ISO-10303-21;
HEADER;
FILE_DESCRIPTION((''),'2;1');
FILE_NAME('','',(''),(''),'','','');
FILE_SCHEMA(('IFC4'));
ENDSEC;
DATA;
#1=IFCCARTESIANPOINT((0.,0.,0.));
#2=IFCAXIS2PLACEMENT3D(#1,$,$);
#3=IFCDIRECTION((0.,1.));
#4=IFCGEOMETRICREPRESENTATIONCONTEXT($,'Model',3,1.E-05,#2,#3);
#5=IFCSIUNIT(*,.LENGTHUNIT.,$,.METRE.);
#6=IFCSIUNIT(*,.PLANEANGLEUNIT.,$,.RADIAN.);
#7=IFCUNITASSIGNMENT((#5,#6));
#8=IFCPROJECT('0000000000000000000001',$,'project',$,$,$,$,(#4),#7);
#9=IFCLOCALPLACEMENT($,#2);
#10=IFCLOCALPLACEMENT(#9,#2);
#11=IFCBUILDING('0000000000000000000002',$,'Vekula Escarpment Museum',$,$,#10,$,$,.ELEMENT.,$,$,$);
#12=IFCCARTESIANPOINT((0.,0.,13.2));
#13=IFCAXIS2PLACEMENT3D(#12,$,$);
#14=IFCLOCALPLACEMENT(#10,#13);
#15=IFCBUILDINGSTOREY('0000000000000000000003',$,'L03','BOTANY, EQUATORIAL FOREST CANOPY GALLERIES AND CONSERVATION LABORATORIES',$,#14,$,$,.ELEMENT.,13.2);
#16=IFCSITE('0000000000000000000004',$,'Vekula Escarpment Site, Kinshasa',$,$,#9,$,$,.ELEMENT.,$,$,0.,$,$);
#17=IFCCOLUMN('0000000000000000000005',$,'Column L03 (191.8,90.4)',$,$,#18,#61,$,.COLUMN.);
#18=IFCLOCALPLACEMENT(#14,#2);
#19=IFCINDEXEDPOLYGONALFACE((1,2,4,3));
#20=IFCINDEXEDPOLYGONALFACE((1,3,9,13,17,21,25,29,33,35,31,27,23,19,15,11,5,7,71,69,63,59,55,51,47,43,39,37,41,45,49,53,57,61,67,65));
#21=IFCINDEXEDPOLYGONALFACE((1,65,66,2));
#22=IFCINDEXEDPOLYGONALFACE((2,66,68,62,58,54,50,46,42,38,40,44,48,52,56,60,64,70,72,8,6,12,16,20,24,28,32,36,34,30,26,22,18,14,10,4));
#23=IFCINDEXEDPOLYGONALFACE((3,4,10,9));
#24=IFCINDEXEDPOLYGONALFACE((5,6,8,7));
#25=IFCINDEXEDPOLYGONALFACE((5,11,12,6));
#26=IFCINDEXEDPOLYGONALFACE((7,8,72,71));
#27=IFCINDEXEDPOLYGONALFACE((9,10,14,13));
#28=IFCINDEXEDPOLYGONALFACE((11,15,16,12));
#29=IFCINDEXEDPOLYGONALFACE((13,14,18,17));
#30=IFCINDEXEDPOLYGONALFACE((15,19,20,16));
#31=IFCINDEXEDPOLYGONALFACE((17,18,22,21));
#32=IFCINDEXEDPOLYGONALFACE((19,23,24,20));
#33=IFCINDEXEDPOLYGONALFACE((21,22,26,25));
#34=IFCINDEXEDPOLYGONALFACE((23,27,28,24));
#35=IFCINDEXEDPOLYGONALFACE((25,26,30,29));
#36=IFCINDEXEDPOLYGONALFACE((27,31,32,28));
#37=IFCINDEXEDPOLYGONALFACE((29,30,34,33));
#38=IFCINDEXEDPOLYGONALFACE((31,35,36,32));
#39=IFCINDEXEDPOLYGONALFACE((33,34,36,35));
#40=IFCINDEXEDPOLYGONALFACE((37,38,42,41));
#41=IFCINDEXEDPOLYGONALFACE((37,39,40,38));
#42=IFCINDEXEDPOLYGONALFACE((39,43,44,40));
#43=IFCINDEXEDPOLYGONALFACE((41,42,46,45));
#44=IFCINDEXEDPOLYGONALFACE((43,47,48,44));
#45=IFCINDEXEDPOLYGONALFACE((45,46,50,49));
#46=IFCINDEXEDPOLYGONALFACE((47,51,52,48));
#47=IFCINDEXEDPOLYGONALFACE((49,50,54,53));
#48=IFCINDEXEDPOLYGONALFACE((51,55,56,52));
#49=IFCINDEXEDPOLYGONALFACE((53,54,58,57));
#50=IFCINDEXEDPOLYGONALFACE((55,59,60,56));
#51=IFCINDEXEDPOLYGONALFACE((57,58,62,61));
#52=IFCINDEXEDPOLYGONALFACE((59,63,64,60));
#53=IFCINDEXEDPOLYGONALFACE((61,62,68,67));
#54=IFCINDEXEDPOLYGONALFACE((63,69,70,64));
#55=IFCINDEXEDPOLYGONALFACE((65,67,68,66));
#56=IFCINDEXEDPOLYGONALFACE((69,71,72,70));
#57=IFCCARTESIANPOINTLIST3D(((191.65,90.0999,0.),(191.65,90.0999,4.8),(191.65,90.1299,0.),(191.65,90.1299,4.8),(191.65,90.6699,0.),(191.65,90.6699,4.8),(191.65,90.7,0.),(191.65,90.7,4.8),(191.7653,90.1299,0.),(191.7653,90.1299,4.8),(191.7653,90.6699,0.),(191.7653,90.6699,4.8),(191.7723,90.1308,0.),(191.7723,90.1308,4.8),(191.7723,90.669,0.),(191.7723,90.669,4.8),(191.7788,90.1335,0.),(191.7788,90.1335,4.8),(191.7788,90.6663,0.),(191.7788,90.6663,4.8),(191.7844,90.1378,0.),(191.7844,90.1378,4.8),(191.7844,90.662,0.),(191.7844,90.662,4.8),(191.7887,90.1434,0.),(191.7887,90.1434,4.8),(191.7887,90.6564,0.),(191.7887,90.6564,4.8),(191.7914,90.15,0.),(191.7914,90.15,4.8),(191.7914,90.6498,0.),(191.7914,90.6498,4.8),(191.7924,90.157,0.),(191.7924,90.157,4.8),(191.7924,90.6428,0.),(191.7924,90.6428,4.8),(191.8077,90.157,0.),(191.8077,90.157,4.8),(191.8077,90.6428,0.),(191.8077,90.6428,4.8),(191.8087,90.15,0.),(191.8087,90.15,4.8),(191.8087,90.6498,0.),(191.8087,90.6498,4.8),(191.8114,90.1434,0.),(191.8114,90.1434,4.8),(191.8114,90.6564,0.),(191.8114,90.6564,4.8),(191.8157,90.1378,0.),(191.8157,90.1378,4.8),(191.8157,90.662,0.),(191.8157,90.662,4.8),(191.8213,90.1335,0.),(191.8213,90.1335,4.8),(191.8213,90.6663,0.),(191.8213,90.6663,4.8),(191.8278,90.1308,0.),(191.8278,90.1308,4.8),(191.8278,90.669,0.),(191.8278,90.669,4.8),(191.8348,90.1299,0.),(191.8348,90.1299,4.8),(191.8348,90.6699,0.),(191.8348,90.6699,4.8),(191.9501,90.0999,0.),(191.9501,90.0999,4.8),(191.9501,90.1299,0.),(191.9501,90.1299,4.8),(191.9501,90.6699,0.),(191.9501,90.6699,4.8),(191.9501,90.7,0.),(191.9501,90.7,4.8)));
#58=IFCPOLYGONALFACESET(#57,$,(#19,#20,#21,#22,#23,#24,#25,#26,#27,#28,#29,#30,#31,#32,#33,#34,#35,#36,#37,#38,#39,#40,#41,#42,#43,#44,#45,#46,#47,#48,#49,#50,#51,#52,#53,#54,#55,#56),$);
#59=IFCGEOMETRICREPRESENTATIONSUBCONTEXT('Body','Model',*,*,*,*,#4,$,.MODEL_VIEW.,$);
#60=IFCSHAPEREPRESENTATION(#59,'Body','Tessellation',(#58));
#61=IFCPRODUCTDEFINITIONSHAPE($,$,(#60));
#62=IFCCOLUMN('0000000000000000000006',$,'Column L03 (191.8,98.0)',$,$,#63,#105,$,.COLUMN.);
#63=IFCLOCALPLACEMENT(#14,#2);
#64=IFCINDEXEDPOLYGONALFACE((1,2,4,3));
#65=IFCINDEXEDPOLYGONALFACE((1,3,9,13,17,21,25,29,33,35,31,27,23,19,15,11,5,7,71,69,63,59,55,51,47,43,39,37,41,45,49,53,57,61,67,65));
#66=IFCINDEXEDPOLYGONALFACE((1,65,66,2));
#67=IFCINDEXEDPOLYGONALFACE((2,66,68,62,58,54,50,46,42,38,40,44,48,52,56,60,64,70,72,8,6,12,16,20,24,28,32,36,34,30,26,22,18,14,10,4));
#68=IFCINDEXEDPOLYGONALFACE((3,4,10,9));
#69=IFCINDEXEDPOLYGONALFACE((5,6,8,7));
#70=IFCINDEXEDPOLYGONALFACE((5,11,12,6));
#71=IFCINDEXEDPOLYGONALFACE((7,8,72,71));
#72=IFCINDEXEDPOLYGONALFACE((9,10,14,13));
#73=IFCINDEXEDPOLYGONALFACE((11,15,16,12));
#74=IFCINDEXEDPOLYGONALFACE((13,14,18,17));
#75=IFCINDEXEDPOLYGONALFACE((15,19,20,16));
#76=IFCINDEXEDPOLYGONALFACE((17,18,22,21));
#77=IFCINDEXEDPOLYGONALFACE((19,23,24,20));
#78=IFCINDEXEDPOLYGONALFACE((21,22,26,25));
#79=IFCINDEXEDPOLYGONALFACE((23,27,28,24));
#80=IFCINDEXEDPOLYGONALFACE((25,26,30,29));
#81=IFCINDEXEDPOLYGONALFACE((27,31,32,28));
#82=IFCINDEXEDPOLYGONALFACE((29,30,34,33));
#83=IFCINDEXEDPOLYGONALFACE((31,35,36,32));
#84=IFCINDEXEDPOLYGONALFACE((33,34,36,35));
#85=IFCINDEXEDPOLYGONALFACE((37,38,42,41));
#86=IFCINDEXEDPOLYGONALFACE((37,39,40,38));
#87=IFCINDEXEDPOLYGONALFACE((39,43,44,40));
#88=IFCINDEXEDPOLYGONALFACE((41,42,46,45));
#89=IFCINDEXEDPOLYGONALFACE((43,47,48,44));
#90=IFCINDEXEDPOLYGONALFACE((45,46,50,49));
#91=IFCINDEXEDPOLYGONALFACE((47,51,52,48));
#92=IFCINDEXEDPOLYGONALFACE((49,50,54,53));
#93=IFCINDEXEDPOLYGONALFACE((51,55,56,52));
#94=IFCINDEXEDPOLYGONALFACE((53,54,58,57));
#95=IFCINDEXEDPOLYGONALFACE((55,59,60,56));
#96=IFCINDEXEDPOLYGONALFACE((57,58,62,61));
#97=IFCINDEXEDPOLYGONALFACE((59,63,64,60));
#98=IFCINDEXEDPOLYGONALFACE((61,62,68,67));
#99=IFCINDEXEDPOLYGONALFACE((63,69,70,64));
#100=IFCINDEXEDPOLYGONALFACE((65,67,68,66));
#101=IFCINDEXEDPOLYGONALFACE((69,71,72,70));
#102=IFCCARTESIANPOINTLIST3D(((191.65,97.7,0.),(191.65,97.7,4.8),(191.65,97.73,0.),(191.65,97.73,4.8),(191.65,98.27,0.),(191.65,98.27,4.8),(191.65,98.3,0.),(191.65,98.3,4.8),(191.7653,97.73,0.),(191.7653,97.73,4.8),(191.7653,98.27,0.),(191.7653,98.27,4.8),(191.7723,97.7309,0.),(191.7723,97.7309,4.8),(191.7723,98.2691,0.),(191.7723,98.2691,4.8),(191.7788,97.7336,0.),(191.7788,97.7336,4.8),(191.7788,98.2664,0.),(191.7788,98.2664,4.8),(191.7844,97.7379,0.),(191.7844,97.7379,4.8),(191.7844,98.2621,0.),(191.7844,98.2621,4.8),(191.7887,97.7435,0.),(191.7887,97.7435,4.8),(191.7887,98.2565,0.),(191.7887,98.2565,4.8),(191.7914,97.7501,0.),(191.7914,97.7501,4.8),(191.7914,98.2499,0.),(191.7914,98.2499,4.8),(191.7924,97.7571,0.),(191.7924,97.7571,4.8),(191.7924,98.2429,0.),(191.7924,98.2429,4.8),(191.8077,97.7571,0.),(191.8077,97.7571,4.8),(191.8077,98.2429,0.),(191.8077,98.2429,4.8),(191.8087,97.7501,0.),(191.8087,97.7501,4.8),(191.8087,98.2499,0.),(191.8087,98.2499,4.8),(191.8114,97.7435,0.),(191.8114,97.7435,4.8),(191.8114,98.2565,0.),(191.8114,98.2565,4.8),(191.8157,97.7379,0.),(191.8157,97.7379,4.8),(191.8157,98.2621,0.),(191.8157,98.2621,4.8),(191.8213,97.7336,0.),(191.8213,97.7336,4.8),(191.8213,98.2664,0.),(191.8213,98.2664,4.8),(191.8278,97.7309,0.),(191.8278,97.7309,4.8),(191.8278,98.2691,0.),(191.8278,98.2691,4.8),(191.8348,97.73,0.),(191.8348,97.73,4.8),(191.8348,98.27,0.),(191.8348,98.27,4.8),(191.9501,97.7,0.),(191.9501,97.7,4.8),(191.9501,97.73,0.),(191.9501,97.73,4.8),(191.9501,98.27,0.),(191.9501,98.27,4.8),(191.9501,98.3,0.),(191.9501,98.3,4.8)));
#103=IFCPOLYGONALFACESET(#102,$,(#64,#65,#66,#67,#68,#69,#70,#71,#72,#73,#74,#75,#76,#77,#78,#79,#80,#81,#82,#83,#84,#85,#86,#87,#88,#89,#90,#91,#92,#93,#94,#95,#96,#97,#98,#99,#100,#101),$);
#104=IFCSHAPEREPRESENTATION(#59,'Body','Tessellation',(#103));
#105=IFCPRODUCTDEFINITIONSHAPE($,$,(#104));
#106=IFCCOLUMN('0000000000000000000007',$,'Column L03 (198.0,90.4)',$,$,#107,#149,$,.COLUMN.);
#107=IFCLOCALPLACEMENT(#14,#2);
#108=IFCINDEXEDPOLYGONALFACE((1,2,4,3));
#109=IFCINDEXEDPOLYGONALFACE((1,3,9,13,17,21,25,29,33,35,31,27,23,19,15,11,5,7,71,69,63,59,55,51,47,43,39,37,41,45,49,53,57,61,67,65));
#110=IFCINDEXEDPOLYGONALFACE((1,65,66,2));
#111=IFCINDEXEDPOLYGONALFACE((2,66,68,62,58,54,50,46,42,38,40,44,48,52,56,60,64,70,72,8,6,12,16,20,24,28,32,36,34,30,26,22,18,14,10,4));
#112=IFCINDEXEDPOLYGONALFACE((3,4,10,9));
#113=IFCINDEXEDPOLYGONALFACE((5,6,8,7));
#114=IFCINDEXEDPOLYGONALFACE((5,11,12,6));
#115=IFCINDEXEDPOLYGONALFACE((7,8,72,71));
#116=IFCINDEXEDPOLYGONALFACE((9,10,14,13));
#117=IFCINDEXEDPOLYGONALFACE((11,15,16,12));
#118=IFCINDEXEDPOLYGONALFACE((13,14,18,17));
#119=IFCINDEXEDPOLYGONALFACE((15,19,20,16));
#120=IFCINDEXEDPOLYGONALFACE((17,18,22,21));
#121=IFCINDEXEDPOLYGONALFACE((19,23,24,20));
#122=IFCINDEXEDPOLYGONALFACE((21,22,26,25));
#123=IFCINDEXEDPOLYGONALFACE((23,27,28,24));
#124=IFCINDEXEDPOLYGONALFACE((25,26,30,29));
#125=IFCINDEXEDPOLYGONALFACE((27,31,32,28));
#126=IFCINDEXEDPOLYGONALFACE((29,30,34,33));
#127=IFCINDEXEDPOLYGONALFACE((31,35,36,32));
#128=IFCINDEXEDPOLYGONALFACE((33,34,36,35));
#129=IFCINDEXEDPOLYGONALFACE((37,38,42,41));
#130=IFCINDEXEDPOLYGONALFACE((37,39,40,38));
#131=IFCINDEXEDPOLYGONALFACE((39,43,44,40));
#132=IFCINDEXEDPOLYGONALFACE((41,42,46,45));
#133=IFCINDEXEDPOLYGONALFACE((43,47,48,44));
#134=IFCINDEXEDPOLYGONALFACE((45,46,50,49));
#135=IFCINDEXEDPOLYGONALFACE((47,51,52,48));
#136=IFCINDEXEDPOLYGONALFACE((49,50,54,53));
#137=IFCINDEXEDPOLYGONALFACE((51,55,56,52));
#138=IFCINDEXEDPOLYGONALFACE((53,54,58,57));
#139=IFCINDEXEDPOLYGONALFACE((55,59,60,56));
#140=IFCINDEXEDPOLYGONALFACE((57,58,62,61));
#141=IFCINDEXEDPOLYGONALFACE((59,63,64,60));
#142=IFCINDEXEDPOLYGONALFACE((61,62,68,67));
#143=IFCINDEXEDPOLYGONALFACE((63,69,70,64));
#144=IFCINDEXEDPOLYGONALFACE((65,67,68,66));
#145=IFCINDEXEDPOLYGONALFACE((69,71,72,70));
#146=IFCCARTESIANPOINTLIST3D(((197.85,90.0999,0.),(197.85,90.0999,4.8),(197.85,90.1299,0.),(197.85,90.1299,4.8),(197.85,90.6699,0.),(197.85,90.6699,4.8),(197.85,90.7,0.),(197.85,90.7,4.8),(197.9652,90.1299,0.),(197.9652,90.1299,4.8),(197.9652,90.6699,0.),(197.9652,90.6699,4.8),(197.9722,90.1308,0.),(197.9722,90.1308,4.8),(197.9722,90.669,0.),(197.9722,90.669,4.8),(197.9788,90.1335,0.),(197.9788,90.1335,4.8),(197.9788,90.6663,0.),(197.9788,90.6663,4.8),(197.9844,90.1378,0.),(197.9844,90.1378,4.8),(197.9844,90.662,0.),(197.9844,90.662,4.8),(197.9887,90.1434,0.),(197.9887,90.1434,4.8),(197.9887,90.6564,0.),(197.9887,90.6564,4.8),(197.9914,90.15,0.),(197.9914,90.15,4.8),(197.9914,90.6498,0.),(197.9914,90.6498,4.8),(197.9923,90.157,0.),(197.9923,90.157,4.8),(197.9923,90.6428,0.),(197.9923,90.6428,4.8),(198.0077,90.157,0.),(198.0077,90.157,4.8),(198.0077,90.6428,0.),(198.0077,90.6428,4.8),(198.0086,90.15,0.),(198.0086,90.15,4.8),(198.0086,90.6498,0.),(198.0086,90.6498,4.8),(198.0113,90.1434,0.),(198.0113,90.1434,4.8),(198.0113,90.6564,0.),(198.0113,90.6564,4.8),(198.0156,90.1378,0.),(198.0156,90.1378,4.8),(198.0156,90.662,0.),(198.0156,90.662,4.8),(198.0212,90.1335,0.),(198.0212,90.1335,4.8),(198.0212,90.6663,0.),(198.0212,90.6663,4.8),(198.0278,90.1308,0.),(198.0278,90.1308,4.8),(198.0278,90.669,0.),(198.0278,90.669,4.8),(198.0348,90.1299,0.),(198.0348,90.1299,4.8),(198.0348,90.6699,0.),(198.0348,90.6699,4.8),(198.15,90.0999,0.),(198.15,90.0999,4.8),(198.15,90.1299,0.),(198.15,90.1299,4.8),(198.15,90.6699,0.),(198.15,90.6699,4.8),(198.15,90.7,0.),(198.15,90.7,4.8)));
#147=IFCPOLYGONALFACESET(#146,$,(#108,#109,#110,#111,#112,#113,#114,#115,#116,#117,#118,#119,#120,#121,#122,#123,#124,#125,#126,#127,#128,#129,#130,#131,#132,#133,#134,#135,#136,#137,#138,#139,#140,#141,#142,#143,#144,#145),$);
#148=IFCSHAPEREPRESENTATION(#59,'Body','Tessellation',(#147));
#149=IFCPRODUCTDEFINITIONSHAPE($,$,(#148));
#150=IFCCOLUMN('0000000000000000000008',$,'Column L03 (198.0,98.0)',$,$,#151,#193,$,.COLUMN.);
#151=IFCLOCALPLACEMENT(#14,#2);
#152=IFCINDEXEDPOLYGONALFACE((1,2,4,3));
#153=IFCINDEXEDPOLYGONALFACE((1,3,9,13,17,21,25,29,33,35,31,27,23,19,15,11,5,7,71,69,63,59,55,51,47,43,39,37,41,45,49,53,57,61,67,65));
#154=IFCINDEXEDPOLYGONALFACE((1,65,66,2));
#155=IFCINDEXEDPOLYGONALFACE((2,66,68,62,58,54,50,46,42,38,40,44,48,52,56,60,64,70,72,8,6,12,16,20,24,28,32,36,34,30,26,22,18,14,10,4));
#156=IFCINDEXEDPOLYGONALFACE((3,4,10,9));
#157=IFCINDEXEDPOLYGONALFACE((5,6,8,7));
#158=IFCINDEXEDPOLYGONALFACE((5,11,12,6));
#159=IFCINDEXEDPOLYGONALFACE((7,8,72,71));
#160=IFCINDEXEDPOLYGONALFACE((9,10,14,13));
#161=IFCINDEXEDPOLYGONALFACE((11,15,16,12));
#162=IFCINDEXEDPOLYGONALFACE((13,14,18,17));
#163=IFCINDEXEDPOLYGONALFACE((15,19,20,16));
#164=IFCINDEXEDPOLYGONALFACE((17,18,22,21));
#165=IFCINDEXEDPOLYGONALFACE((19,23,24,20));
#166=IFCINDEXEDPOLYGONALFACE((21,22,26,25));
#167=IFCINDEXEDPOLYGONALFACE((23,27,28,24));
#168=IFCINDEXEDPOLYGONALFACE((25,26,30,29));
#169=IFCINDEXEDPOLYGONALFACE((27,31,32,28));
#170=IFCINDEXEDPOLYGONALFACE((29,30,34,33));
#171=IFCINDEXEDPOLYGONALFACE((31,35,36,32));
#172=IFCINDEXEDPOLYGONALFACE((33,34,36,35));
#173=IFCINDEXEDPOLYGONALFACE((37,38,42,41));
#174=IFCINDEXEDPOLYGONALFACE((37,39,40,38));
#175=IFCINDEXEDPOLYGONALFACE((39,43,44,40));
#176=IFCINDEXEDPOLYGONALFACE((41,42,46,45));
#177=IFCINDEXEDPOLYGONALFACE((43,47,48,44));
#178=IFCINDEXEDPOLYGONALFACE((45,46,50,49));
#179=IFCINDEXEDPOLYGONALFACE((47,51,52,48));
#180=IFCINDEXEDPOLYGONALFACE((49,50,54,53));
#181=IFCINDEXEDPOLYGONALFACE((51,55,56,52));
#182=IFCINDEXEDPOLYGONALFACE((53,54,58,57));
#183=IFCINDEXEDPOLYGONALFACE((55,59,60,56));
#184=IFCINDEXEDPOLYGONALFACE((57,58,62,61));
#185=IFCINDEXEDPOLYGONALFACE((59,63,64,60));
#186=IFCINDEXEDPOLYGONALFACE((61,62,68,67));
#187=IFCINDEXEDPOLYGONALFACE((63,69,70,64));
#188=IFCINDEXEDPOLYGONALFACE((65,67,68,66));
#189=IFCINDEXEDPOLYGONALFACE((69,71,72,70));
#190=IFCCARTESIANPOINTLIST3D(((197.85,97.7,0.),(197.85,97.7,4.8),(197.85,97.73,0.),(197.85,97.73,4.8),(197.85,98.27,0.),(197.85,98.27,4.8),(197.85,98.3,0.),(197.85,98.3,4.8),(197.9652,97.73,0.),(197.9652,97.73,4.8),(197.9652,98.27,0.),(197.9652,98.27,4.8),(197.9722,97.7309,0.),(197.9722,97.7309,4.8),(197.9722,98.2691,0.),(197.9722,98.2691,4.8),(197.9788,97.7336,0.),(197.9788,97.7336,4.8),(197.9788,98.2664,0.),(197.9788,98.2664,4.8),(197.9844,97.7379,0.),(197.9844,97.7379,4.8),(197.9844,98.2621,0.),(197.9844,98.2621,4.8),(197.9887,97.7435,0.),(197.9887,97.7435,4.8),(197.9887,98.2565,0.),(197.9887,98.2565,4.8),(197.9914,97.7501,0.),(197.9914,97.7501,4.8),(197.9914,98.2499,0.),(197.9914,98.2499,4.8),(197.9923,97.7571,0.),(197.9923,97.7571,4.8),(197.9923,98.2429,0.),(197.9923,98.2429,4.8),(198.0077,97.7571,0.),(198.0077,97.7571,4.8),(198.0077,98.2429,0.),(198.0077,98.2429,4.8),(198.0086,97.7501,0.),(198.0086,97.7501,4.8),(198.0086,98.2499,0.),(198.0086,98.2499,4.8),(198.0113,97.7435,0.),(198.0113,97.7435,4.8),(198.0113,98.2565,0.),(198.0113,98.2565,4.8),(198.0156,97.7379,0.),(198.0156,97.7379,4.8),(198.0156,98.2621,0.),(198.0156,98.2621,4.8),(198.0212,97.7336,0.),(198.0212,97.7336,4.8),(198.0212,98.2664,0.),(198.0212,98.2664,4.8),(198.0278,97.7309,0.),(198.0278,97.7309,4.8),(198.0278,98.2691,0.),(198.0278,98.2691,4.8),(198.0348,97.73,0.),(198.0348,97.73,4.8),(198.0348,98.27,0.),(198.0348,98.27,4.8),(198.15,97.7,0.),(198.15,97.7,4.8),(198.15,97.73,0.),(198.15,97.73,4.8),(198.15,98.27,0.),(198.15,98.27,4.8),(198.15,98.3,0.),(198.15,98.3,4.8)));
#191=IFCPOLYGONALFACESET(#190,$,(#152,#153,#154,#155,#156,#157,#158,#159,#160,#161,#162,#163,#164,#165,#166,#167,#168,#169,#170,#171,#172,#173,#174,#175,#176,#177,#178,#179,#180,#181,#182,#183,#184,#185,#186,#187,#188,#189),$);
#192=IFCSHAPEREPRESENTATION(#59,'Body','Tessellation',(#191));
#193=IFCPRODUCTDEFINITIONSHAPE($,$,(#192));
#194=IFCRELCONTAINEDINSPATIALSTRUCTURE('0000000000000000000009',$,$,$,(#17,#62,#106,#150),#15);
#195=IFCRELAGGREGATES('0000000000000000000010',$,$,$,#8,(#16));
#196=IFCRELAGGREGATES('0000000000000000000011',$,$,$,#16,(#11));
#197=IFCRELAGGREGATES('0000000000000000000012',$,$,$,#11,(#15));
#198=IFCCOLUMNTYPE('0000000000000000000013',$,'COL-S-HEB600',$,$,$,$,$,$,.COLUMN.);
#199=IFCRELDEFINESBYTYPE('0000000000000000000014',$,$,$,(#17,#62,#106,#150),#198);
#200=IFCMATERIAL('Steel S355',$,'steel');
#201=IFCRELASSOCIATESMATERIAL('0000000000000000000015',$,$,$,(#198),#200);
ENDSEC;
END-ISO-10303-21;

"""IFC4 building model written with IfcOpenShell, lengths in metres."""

from ifc_helpers import new_model, si_unit, direction, frame, origin, origin_2d, place, context, subcontext, project, spatial, i_section, extrude, material, material_profile, profile_set, type_object, element, save


model = new_model("IFC4")

# Units and contexts
model_context = context("Model", 3, precision=1e-05, world=origin(), true_north=direction((0.0, 1.0)))
body_context = subcontext(model_context, "Body", "Model", "MODEL_VIEW")
ifc_project = project(units=[si_unit("LENGTHUNIT", "METRE"), si_unit("PLANEANGLEUNIT", "RADIAN")], contexts=[model_context])

# Site, building, storey
site_placement = place(None, origin())
site = spatial("IfcSite", under=ifc_project, at=site_placement, Name="Vekula Escarpment Site, Kinshasa", CompositionType="ELEMENT", RefElevation=0.0)
building_placement = place(site_placement, origin())
building = spatial("IfcBuilding", under=site, at=building_placement, Name="Vekula Escarpment Museum", CompositionType="ELEMENT")
storey_placement = place(building_placement, frame((0.0, 0.0, 13.2)))
storey = spatial("IfcBuildingStorey", under=building, at=storey_placement, Name="L03", Description="BOTANY, EQUATORIAL FOREST CANOPY GALLERIES AND CONSERVATION LABORATORIES", CompositionType="ELEMENT", Elevation=13.2)

# Columns
ifc_material_1 = material(Name="Steel S355", Category="steel")
ifc_material_profile_1 = material_profile(ifc_material_1, i_section(OverallWidth=0.3, OverallDepth=0.6001, WebThickness=0.0154, FlangeThickness=0.03, FilletRadius=0.0271, at=origin_2d()), Name="HEB 600")
ifc_profile_set_1 = profile_set([ifc_material_profile_1], Name="Steel S355")
column_type = type_object("IfcColumnType", Name="COL-S-HEB600", PredefinedType="COLUMN", material=ifc_profile_set_1)
for number, where, z_axis, x_axis, name in (
    (1, (191.8, 90.3999, 0.0), (0.0, 0.0, 1.0), (1.0, 0.0, 0.0), "Column L03 (191.8,90.4)"),
    (2, (191.8, 98.0, 0.0), (0.0, 0.0, 1.0), (1.0, 0.0, 0.0), "Column L03 (191.8,98.0)"),
    (3, (198.0, 90.3999, 0.0), (0.0, 0.0, 1.0), (1.0, 0.0, 0.0), "Column L03 (198.0,90.4)"),
    (4, (198.0, 98.0, 0.0), (0.0, 0.0, 1.0), (1.0, 0.0, 0.0), "Column L03 (198.0,98.0)"),
):
    element("IfcColumn", number, at=place(storey_placement, frame(where, z_axis=z_axis, x_axis=x_axis)), inside=storey, type_object=column_type, Name=name, PredefinedType="COLUMN", context=body_context, shape_type="SweptSolid", body=[
        extrude(i_section(OverallWidth=0.3, OverallDepth=0.6001, WebThickness=0.0154, FlangeThickness=0.03, FilletRadius=0.0271, at=origin_2d()), origin(), (0.0, 0.0, 1.0), 4.8),
    ])

save(model, "model.ifc")
